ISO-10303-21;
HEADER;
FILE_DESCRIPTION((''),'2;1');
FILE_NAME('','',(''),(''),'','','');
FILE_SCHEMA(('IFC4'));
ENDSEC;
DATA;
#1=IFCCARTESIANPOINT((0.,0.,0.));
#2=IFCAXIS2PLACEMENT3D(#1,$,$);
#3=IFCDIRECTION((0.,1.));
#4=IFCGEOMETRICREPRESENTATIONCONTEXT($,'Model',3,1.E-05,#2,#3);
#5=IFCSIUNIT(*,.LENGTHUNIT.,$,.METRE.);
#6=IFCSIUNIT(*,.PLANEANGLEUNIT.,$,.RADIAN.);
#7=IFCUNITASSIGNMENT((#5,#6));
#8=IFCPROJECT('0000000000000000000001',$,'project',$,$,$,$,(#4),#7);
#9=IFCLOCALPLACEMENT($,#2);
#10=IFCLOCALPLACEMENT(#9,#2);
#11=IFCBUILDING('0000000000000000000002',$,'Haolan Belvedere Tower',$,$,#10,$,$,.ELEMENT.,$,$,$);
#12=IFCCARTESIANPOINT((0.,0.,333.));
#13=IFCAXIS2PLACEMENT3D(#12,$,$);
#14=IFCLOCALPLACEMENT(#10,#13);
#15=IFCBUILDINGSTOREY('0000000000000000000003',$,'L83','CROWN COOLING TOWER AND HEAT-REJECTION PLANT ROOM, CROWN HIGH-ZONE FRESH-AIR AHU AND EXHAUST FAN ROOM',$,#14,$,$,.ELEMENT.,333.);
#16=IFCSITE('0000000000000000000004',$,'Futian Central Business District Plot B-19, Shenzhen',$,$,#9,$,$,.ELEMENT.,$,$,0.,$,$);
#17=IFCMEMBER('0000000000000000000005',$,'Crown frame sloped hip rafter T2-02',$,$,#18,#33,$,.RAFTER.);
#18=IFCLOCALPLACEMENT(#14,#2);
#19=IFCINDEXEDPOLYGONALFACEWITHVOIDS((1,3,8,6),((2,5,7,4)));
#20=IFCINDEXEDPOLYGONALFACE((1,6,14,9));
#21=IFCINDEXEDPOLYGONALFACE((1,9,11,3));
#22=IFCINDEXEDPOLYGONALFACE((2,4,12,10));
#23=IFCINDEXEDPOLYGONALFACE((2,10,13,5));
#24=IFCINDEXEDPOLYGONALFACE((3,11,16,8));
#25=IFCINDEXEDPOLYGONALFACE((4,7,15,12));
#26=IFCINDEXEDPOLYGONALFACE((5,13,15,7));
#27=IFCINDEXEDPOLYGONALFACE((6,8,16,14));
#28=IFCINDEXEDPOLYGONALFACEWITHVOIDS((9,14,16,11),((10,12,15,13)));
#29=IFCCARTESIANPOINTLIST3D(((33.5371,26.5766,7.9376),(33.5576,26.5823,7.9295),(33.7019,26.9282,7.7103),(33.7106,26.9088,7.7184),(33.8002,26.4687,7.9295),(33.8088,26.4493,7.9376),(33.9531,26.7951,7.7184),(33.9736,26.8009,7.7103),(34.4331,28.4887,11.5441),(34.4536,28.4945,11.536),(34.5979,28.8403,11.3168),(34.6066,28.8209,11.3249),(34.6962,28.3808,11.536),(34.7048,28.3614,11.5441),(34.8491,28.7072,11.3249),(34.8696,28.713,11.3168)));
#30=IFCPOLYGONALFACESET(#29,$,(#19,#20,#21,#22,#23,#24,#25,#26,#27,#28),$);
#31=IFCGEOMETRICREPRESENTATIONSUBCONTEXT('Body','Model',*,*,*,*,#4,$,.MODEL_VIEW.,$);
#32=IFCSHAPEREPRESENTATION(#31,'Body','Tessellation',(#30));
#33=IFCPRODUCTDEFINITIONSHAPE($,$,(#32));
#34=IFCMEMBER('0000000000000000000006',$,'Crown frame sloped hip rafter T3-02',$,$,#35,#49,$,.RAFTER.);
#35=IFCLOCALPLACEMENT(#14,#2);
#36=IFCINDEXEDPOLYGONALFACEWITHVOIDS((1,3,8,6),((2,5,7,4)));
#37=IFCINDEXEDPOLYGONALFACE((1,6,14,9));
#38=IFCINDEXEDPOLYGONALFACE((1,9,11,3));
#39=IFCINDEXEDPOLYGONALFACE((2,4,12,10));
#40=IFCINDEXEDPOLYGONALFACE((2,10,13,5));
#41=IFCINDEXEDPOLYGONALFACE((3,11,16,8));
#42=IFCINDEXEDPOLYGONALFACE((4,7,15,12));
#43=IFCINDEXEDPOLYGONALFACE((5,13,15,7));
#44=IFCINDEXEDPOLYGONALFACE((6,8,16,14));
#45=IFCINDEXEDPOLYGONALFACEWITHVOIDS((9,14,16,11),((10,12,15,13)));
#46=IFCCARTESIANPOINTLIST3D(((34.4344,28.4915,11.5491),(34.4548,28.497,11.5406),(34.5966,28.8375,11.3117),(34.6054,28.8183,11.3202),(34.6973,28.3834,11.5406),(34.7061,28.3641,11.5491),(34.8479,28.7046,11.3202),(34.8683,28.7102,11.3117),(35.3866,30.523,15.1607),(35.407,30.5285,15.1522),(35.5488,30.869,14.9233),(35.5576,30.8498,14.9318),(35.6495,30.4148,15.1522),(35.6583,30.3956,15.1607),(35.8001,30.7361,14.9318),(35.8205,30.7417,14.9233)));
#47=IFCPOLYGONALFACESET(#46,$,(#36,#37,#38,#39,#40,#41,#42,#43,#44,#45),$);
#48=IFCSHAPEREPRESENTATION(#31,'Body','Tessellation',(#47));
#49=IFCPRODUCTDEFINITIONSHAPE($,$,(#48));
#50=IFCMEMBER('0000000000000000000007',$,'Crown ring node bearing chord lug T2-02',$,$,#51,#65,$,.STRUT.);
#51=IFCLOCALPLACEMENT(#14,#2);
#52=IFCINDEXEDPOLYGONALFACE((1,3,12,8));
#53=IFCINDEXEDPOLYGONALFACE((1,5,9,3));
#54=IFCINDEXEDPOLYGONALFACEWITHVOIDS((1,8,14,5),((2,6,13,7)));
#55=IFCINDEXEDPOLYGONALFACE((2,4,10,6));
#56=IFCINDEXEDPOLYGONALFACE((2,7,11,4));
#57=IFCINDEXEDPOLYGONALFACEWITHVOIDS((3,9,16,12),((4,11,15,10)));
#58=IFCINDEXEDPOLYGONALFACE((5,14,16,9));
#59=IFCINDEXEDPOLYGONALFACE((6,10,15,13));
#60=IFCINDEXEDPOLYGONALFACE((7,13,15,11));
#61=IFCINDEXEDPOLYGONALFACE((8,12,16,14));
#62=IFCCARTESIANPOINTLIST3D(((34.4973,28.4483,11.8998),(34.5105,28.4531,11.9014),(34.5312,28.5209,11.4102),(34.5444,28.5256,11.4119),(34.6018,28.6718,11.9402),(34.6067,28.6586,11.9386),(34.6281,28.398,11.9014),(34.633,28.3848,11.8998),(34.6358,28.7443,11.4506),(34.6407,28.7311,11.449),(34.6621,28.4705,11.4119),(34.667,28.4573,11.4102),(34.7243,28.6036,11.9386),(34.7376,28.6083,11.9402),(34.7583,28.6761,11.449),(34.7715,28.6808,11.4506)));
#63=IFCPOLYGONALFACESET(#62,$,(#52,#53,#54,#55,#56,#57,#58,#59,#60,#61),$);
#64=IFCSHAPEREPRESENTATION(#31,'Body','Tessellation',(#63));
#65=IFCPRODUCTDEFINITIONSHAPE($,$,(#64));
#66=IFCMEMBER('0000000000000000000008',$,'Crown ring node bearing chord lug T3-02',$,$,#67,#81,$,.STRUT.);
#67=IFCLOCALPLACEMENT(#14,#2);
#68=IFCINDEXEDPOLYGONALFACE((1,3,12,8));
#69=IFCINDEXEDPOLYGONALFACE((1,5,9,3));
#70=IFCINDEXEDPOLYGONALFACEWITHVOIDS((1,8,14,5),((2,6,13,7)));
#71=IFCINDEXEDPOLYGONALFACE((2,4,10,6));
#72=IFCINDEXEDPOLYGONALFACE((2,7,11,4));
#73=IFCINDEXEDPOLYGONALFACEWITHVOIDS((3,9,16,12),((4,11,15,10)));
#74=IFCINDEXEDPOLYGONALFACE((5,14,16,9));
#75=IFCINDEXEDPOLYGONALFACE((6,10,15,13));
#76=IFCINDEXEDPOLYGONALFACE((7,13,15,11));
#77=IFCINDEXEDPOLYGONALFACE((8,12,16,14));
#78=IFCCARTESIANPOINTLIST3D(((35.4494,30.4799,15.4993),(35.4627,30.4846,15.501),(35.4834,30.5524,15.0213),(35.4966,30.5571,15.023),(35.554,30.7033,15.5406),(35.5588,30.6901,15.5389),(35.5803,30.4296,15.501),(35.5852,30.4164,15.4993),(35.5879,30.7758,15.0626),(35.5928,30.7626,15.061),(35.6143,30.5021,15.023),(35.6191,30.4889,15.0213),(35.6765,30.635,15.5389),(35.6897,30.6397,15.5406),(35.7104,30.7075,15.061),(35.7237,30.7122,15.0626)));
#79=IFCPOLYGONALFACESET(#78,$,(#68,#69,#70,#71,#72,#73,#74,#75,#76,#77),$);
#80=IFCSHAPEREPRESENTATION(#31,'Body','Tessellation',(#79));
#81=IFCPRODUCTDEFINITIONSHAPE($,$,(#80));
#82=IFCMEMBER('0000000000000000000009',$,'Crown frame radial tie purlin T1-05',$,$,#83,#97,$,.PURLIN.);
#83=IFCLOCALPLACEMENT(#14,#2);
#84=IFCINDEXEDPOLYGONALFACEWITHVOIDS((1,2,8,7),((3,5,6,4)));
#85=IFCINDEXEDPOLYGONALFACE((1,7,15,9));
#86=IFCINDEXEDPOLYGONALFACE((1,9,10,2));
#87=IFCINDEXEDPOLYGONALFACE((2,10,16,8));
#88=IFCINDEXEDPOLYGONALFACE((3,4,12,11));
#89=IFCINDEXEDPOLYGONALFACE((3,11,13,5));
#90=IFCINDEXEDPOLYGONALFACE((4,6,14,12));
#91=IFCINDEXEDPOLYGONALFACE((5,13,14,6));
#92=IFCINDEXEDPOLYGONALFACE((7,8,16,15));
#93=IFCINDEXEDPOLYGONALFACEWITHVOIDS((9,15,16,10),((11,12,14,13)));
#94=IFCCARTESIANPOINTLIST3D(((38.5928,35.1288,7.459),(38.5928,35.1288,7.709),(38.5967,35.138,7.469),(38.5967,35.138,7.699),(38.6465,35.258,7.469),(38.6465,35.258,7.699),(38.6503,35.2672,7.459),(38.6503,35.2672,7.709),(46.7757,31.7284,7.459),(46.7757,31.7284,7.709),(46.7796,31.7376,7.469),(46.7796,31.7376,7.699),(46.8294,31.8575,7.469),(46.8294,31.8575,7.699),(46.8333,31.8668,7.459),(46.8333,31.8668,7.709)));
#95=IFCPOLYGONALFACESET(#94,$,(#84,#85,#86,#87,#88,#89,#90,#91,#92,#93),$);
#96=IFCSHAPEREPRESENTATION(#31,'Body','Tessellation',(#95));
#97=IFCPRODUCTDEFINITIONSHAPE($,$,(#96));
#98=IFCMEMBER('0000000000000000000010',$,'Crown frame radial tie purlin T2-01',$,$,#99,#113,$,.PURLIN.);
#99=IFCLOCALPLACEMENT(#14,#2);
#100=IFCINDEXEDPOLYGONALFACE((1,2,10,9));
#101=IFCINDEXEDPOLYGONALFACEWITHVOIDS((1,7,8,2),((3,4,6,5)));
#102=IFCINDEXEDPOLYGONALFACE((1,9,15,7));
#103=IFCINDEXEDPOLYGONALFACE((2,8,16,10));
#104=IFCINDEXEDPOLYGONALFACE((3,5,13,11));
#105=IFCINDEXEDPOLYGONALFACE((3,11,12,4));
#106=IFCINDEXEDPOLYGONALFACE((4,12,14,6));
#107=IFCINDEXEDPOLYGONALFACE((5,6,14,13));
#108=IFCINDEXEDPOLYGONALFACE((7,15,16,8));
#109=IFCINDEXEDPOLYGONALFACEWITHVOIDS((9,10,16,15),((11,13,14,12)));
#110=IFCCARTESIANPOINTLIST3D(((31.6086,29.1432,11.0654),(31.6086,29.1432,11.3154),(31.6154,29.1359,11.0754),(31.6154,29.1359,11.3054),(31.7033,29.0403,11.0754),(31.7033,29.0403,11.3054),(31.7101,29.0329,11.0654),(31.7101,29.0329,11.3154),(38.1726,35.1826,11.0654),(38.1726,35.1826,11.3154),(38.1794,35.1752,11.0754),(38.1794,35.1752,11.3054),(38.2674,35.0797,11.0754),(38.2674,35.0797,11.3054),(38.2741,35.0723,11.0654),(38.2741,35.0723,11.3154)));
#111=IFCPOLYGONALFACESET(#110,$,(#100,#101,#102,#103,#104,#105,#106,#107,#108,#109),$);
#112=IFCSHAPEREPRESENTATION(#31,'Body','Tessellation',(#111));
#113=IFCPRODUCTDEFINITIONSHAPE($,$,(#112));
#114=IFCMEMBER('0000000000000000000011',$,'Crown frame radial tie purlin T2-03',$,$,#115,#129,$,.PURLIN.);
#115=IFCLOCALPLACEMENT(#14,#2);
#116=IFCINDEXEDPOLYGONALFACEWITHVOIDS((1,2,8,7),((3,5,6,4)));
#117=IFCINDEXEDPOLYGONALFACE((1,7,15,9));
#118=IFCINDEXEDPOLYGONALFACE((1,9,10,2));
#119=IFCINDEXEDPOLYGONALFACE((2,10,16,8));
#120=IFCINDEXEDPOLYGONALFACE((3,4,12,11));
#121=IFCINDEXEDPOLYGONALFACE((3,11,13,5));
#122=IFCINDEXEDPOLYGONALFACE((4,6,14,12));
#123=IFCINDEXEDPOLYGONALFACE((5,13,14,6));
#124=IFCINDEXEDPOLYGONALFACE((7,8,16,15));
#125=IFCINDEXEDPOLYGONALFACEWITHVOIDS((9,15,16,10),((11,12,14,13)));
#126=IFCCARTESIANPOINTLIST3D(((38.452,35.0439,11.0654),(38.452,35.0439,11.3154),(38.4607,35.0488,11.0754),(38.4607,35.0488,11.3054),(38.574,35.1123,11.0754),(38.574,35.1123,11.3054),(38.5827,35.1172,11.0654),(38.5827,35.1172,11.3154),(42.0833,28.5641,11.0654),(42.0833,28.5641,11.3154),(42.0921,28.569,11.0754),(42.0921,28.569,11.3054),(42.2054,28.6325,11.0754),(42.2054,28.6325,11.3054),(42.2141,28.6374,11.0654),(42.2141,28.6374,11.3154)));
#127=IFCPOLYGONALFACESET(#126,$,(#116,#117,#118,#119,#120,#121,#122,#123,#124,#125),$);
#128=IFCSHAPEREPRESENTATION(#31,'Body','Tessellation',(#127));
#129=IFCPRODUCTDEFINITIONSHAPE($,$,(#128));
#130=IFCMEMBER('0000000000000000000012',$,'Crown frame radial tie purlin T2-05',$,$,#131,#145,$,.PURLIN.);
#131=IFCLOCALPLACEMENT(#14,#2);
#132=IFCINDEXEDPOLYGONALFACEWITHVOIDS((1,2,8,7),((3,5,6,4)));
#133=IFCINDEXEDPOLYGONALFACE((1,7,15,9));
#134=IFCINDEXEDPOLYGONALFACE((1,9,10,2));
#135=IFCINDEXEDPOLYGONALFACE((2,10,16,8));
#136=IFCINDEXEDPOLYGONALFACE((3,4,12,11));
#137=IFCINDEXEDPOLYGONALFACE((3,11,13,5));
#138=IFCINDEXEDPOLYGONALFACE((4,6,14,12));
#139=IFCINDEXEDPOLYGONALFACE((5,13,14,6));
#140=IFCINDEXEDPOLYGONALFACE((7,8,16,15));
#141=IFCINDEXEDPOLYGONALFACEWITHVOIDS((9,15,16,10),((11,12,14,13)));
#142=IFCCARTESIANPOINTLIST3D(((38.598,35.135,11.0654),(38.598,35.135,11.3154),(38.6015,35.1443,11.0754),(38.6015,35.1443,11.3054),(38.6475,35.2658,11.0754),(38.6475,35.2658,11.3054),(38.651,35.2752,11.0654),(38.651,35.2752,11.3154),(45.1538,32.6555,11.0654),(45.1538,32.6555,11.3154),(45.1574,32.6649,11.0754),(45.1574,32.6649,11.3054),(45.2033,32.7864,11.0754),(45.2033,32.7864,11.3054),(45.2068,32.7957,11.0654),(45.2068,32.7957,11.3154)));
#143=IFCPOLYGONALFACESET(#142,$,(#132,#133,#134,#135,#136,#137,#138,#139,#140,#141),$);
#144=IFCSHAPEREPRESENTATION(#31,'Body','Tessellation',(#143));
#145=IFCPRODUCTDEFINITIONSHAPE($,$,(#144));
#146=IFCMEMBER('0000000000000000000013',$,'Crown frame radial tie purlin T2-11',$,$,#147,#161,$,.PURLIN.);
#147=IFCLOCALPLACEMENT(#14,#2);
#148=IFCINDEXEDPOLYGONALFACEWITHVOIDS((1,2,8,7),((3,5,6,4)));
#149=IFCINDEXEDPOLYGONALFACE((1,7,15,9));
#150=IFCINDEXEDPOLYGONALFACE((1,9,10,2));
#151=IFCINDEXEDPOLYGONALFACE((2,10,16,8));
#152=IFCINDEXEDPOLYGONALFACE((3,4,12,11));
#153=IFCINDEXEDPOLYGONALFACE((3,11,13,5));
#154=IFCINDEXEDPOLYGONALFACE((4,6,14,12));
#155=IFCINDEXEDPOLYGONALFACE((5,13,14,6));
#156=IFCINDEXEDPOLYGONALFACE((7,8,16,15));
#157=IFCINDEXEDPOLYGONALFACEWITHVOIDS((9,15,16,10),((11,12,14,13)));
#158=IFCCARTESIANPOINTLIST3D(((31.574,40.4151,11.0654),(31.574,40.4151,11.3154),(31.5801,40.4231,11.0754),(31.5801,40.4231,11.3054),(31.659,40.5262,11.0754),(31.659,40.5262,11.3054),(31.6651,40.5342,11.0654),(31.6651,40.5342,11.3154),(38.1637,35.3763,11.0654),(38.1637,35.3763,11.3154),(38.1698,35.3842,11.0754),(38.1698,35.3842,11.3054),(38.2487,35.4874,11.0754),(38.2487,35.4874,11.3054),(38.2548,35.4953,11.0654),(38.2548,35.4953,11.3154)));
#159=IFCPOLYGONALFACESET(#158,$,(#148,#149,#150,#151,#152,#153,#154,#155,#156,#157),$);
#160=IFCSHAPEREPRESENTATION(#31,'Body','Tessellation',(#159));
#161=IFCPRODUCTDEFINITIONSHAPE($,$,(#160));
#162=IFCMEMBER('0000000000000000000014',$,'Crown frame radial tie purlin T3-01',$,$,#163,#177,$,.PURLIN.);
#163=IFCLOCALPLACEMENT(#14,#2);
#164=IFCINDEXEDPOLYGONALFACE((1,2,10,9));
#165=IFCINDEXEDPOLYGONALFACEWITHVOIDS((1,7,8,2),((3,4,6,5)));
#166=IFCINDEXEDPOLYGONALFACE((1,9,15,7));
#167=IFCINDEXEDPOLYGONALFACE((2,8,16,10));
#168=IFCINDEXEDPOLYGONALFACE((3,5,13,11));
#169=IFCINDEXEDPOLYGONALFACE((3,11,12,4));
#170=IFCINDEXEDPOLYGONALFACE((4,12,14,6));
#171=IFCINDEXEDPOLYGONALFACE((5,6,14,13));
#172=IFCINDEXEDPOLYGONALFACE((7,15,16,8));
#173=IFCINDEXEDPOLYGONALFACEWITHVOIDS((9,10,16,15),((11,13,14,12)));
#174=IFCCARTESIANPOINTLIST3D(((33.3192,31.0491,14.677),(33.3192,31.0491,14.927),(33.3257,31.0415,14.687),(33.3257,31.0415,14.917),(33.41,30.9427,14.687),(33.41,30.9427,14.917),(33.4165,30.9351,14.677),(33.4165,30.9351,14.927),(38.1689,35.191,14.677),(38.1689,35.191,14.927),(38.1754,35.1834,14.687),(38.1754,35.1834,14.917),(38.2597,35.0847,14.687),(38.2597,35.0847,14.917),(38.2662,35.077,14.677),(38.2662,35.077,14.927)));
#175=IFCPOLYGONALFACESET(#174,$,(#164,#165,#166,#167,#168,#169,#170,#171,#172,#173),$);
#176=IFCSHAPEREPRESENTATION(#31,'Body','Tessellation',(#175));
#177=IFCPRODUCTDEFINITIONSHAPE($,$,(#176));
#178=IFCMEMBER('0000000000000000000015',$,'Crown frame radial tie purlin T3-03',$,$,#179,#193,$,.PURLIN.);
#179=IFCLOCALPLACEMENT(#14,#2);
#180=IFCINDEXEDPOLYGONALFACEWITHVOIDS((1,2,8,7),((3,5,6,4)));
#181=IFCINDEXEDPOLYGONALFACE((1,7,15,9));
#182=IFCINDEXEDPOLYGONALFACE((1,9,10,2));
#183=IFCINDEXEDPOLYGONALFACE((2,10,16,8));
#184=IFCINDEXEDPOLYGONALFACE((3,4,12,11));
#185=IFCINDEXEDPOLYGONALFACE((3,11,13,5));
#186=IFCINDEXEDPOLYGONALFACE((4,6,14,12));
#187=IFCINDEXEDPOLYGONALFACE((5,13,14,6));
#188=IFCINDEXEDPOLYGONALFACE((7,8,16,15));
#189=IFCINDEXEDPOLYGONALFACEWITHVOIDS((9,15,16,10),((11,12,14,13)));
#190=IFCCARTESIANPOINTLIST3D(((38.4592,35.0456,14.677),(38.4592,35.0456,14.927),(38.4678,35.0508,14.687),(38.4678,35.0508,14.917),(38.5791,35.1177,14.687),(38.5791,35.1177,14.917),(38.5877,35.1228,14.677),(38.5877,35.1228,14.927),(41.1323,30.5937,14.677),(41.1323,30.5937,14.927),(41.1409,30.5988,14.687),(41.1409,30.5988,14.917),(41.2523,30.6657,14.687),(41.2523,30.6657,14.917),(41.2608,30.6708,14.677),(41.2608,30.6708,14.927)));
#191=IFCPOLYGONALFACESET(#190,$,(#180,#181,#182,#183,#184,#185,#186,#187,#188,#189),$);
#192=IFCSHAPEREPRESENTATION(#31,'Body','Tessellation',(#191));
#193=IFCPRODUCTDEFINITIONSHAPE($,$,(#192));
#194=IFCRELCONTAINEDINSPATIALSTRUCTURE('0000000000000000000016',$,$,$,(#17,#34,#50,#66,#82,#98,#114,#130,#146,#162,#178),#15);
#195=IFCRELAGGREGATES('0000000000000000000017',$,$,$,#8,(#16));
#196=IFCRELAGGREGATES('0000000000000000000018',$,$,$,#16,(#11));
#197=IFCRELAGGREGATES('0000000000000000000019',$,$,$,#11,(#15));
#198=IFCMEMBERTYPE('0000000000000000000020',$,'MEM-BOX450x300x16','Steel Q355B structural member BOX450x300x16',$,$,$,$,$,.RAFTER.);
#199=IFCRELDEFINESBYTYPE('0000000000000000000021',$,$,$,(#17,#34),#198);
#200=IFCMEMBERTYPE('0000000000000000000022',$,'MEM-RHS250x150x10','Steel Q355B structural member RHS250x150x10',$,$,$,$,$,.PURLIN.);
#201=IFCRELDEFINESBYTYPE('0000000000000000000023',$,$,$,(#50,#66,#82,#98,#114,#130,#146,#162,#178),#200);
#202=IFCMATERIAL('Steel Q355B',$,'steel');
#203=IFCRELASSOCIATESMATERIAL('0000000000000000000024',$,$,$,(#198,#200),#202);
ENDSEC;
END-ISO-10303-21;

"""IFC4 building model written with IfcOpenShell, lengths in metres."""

from ifc_helpers import new_model, si_unit, direction, frame, origin, origin_2d, place, context, subcontext, project, spatial, hollow_rectangle, extrude, material, material_profile, profile_set, type_object, element, save


model = new_model("IFC4")

# Units and contexts
model_context = context("Model", 3, precision=1e-05, world=origin(), true_north=direction((0.0, 1.0)))
body_context = subcontext(model_context, "Body", "Model", "MODEL_VIEW")
ifc_project = project(units=[si_unit("LENGTHUNIT", "METRE"), si_unit("PLANEANGLEUNIT", "RADIAN")], contexts=[model_context])

# Site, building, storey
site_placement = place(None, origin())
site = spatial("IfcSite", under=ifc_project, at=site_placement, Name="Futian Central Business District Plot B-19, Shenzhen", CompositionType="ELEMENT", RefElevation=0.0)
building_placement = place(site_placement, origin())
building = spatial("IfcBuilding", under=site, at=building_placement, Name="Haolan Belvedere Tower", CompositionType="ELEMENT")
storey_placement = place(building_placement, frame((0.0, 0.0, 333.0)))
storey = spatial("IfcBuildingStorey", under=building, at=storey_placement, Name="L83", Description="CROWN COOLING TOWER AND HEAT-REJECTION PLANT ROOM, CROWN HIGH-ZONE FRESH-AIR AHU AND EXHAUST FAN ROOM", CompositionType="ELEMENT", Elevation=333.0)

# Members
ifc_material_1 = material(Name="Steel Q355B", Category="steel")
ifc_material_profile_1 = material_profile(ifc_material_1, hollow_rectangle(XDim=0.3, YDim=0.45, WallThickness=0.0161, at=origin_2d()), Name="Steel Q355B")
ifc_profile_set_1 = profile_set([ifc_material_profile_1], Name="Steel Q355B")
member_type_1 = type_object("IfcMemberType", Name="MEM-BOX450x300x16", Description="Steel Q355B structural member BOX450x300x16", PredefinedType="RAFTER", material=ifc_profile_set_1)
member_1_placement = place(storey_placement, frame((33.7554, 26.6887, 7.824), z_axis=(0.214396, 0.457534, 0.862958), x_axis=(-0.905514, 0.424315, 0.0)))
element("IfcMember", 1, at=member_1_placement, inside=storey, type_object=member_type_1, Name="Crown frame sloped hip rafter T2-02", PredefinedType="RAFTER", context=body_context, shape_type="SweptSolid", body=[
    extrude(hollow_rectangle(XDim=0.3, YDim=0.45, WallThickness=0.0161, at=origin_2d()), origin(), (0.0, 0.0, 1.0), 4.1792),
])
member_2_placement = place(storey_placement, frame((34.6514, 28.6008, 11.4304), z_axis=(0.223945, 0.477807, 0.849441), x_axis=(-0.905479, 0.424392, 0.0)))
element("IfcMember", 2, at=member_2_placement, inside=storey, type_object=member_type_1, Name="Crown frame sloped hip rafter T3-02", PredefinedType="RAFTER", context=body_context, shape_type="SweptSolid", body=[
    extrude(hollow_rectangle(XDim=0.3, YDim=0.45, WallThickness=0.0161, at=origin_2d()), origin(), (0.0, 0.0, 1.0), 4.2517),
])
ifc_material_profile_2 = material_profile(ifc_material_1, hollow_rectangle(XDim=0.1499, YDim=0.25, WallThickness=0.01, at=origin_2d()), Name="Steel Q355B")
ifc_profile_set_2 = profile_set([ifc_material_profile_2], Name="Steel Q355B")
member_type_2 = type_object("IfcMemberType", Name="MEM-RHS250x150x10", Description="Steel Q355B structural member RHS250x150x10", PredefinedType="PURLIN", material=ifc_profile_set_2)
member_3_placement = place(storey_placement, frame((34.6514, 28.6008, 11.4304), z_axis=(-0.068418, -0.146187, 0.986888), x_axis=(0.905715, -0.423887, 0.0)))
element("IfcMember", 3, at=member_3_placement, inside=storey, type_object=member_type_2, Name="Crown ring node bearing chord lug T2-02", PredefinedType="STRUT", context=body_context, shape_type="SweptSolid", body=[
    extrude(hollow_rectangle(XDim=0.1499, YDim=0.25, WallThickness=0.01, at=origin_2d()), origin(), (0.0, 0.0, 1.0), 0.4961),
])
member_4_placement = place(storey_placement, frame((35.6035, 30.6323, 15.042), z_axis=(-0.070016, -0.149602, 0.986264), x_axis=(0.905715, -0.423887, 0.0)))
element("IfcMember", 4, at=member_4_placement, inside=storey, type_object=member_type_2, Name="Crown ring node bearing chord lug T3-02", PredefinedType="STRUT", context=body_context, shape_type="SweptSolid", body=[
    extrude(hollow_rectangle(XDim=0.1499, YDim=0.25, WallThickness=0.01, at=origin_2d()), origin(), (0.0, 0.0, 1.0), 0.4846),
])
member_5_placement = place(storey_placement, frame((38.6216, 35.198, 7.584), z_axis=(0.923442, -0.383737, 0.0), x_axis=(0.383737, 0.923442, 0.0)))
element("IfcMember", 5, at=member_5_placement, inside=storey, type_object=member_type_2, Name="Crown frame radial tie purlin T1-05", PredefinedType="PURLIN", context=body_context, shape_type="SweptSolid", body=[
    extrude(hollow_rectangle(XDim=0.1499, YDim=0.25, WallThickness=0.01, at=origin_2d()), origin(), (0.0, 0.0, 1.0), 8.8613),
])
member_6_placement = place(storey_placement, frame((38.2234, 35.1274, 11.1904), z_axis=(-0.735905, -0.677084, 0.0), x_axis=(0.677084, -0.735905, 0.0)))
element("IfcMember", 6, at=member_6_placement, inside=storey, type_object=member_type_2, Name="Crown frame radial tie purlin T2-01", PredefinedType="PURLIN", context=body_context, shape_type="SweptSolid", body=[
    extrude(hollow_rectangle(XDim=0.1499, YDim=0.25, WallThickness=0.01, at=origin_2d()), origin(), (0.0, 0.0, 1.0), 8.9197),
])
member_7_placement = place(storey_placement, frame((38.5173, 35.0806, 11.1904), z_axis=(0.48888, -0.872351, 0.0), x_axis=(0.872351, 0.48888, 0.0)))
element("IfcMember", 7, at=member_7_placement, inside=storey, type_object=member_type_2, Name="Crown frame radial tie purlin T2-03", PredefinedType="PURLIN", context=body_context, shape_type="SweptSolid", body=[
    extrude(hollow_rectangle(XDim=0.1499, YDim=0.25, WallThickness=0.01, at=origin_2d()), origin(), (0.0, 0.0, 1.0), 7.428),
])
member_8_placement = place(storey_placement, frame((38.6245, 35.2051, 11.1904), z_axis=(0.935339, -0.353752, 0.0), x_axis=(0.353752, 0.935339, 0.0)))
element("IfcMember", 8, at=member_8_placement, inside=storey, type_object=member_type_2, Name="Crown frame radial tie purlin T2-05", PredefinedType="PURLIN", context=body_context, shape_type="SweptSolid", body=[
    extrude(hollow_rectangle(XDim=0.1499, YDim=0.25, WallThickness=0.01, at=origin_2d()), origin(), (0.0, 0.0, 1.0), 7.009),
])
member_9_placement = place(storey_placement, frame((38.2092, 35.4358, 11.1904), z_axis=(-0.794375, 0.607428, 0.0), x_axis=(-0.607428, -0.794375, 0.0)))
element("IfcMember", 9, at=member_9_placement, inside=storey, type_object=member_type_2, Name="Crown frame radial tie purlin T2-11", PredefinedType="PURLIN", context=body_context, shape_type="SweptSolid", body=[
    extrude(hollow_rectangle(XDim=0.1499, YDim=0.25, WallThickness=0.01, at=origin_2d()), origin(), (0.0, 0.0, 1.0), 8.2954),
])
member_10_placement = place(storey_placement, frame((38.2175, 35.134, 14.802), z_axis=(-0.760415, -0.649438, 0.0), x_axis=(0.649438, -0.760415, 0.0)))
element("IfcMember", 10, at=member_10_placement, inside=storey, type_object=member_type_2, Name="Crown frame radial tie purlin T3-01", PredefinedType="PURLIN", context=body_context, shape_type="SweptSolid", body=[
    extrude(hollow_rectangle(XDim=0.1499, YDim=0.25, WallThickness=0.01, at=origin_2d()), origin(), (0.0, 0.0, 1.0), 6.3777),
])
member_11_placement = place(storey_placement, frame((38.5234, 35.0842, 14.802), z_axis=(0.514772, -0.857327, 0.0), x_axis=(0.857327, 0.514772, 0.0)))
element("IfcMember", 11, at=member_11_placement, inside=storey, type_object=member_type_2, Name="Crown frame radial tie purlin T3-03", PredefinedType="PURLIN", context=body_context, shape_type="SweptSolid", body=[
    extrude(hollow_rectangle(XDim=0.1499, YDim=0.25, WallThickness=0.01, at=origin_2d()), origin(), (0.0, 0.0, 1.0), 5.1929),
])

save(model, "model.ifc")
